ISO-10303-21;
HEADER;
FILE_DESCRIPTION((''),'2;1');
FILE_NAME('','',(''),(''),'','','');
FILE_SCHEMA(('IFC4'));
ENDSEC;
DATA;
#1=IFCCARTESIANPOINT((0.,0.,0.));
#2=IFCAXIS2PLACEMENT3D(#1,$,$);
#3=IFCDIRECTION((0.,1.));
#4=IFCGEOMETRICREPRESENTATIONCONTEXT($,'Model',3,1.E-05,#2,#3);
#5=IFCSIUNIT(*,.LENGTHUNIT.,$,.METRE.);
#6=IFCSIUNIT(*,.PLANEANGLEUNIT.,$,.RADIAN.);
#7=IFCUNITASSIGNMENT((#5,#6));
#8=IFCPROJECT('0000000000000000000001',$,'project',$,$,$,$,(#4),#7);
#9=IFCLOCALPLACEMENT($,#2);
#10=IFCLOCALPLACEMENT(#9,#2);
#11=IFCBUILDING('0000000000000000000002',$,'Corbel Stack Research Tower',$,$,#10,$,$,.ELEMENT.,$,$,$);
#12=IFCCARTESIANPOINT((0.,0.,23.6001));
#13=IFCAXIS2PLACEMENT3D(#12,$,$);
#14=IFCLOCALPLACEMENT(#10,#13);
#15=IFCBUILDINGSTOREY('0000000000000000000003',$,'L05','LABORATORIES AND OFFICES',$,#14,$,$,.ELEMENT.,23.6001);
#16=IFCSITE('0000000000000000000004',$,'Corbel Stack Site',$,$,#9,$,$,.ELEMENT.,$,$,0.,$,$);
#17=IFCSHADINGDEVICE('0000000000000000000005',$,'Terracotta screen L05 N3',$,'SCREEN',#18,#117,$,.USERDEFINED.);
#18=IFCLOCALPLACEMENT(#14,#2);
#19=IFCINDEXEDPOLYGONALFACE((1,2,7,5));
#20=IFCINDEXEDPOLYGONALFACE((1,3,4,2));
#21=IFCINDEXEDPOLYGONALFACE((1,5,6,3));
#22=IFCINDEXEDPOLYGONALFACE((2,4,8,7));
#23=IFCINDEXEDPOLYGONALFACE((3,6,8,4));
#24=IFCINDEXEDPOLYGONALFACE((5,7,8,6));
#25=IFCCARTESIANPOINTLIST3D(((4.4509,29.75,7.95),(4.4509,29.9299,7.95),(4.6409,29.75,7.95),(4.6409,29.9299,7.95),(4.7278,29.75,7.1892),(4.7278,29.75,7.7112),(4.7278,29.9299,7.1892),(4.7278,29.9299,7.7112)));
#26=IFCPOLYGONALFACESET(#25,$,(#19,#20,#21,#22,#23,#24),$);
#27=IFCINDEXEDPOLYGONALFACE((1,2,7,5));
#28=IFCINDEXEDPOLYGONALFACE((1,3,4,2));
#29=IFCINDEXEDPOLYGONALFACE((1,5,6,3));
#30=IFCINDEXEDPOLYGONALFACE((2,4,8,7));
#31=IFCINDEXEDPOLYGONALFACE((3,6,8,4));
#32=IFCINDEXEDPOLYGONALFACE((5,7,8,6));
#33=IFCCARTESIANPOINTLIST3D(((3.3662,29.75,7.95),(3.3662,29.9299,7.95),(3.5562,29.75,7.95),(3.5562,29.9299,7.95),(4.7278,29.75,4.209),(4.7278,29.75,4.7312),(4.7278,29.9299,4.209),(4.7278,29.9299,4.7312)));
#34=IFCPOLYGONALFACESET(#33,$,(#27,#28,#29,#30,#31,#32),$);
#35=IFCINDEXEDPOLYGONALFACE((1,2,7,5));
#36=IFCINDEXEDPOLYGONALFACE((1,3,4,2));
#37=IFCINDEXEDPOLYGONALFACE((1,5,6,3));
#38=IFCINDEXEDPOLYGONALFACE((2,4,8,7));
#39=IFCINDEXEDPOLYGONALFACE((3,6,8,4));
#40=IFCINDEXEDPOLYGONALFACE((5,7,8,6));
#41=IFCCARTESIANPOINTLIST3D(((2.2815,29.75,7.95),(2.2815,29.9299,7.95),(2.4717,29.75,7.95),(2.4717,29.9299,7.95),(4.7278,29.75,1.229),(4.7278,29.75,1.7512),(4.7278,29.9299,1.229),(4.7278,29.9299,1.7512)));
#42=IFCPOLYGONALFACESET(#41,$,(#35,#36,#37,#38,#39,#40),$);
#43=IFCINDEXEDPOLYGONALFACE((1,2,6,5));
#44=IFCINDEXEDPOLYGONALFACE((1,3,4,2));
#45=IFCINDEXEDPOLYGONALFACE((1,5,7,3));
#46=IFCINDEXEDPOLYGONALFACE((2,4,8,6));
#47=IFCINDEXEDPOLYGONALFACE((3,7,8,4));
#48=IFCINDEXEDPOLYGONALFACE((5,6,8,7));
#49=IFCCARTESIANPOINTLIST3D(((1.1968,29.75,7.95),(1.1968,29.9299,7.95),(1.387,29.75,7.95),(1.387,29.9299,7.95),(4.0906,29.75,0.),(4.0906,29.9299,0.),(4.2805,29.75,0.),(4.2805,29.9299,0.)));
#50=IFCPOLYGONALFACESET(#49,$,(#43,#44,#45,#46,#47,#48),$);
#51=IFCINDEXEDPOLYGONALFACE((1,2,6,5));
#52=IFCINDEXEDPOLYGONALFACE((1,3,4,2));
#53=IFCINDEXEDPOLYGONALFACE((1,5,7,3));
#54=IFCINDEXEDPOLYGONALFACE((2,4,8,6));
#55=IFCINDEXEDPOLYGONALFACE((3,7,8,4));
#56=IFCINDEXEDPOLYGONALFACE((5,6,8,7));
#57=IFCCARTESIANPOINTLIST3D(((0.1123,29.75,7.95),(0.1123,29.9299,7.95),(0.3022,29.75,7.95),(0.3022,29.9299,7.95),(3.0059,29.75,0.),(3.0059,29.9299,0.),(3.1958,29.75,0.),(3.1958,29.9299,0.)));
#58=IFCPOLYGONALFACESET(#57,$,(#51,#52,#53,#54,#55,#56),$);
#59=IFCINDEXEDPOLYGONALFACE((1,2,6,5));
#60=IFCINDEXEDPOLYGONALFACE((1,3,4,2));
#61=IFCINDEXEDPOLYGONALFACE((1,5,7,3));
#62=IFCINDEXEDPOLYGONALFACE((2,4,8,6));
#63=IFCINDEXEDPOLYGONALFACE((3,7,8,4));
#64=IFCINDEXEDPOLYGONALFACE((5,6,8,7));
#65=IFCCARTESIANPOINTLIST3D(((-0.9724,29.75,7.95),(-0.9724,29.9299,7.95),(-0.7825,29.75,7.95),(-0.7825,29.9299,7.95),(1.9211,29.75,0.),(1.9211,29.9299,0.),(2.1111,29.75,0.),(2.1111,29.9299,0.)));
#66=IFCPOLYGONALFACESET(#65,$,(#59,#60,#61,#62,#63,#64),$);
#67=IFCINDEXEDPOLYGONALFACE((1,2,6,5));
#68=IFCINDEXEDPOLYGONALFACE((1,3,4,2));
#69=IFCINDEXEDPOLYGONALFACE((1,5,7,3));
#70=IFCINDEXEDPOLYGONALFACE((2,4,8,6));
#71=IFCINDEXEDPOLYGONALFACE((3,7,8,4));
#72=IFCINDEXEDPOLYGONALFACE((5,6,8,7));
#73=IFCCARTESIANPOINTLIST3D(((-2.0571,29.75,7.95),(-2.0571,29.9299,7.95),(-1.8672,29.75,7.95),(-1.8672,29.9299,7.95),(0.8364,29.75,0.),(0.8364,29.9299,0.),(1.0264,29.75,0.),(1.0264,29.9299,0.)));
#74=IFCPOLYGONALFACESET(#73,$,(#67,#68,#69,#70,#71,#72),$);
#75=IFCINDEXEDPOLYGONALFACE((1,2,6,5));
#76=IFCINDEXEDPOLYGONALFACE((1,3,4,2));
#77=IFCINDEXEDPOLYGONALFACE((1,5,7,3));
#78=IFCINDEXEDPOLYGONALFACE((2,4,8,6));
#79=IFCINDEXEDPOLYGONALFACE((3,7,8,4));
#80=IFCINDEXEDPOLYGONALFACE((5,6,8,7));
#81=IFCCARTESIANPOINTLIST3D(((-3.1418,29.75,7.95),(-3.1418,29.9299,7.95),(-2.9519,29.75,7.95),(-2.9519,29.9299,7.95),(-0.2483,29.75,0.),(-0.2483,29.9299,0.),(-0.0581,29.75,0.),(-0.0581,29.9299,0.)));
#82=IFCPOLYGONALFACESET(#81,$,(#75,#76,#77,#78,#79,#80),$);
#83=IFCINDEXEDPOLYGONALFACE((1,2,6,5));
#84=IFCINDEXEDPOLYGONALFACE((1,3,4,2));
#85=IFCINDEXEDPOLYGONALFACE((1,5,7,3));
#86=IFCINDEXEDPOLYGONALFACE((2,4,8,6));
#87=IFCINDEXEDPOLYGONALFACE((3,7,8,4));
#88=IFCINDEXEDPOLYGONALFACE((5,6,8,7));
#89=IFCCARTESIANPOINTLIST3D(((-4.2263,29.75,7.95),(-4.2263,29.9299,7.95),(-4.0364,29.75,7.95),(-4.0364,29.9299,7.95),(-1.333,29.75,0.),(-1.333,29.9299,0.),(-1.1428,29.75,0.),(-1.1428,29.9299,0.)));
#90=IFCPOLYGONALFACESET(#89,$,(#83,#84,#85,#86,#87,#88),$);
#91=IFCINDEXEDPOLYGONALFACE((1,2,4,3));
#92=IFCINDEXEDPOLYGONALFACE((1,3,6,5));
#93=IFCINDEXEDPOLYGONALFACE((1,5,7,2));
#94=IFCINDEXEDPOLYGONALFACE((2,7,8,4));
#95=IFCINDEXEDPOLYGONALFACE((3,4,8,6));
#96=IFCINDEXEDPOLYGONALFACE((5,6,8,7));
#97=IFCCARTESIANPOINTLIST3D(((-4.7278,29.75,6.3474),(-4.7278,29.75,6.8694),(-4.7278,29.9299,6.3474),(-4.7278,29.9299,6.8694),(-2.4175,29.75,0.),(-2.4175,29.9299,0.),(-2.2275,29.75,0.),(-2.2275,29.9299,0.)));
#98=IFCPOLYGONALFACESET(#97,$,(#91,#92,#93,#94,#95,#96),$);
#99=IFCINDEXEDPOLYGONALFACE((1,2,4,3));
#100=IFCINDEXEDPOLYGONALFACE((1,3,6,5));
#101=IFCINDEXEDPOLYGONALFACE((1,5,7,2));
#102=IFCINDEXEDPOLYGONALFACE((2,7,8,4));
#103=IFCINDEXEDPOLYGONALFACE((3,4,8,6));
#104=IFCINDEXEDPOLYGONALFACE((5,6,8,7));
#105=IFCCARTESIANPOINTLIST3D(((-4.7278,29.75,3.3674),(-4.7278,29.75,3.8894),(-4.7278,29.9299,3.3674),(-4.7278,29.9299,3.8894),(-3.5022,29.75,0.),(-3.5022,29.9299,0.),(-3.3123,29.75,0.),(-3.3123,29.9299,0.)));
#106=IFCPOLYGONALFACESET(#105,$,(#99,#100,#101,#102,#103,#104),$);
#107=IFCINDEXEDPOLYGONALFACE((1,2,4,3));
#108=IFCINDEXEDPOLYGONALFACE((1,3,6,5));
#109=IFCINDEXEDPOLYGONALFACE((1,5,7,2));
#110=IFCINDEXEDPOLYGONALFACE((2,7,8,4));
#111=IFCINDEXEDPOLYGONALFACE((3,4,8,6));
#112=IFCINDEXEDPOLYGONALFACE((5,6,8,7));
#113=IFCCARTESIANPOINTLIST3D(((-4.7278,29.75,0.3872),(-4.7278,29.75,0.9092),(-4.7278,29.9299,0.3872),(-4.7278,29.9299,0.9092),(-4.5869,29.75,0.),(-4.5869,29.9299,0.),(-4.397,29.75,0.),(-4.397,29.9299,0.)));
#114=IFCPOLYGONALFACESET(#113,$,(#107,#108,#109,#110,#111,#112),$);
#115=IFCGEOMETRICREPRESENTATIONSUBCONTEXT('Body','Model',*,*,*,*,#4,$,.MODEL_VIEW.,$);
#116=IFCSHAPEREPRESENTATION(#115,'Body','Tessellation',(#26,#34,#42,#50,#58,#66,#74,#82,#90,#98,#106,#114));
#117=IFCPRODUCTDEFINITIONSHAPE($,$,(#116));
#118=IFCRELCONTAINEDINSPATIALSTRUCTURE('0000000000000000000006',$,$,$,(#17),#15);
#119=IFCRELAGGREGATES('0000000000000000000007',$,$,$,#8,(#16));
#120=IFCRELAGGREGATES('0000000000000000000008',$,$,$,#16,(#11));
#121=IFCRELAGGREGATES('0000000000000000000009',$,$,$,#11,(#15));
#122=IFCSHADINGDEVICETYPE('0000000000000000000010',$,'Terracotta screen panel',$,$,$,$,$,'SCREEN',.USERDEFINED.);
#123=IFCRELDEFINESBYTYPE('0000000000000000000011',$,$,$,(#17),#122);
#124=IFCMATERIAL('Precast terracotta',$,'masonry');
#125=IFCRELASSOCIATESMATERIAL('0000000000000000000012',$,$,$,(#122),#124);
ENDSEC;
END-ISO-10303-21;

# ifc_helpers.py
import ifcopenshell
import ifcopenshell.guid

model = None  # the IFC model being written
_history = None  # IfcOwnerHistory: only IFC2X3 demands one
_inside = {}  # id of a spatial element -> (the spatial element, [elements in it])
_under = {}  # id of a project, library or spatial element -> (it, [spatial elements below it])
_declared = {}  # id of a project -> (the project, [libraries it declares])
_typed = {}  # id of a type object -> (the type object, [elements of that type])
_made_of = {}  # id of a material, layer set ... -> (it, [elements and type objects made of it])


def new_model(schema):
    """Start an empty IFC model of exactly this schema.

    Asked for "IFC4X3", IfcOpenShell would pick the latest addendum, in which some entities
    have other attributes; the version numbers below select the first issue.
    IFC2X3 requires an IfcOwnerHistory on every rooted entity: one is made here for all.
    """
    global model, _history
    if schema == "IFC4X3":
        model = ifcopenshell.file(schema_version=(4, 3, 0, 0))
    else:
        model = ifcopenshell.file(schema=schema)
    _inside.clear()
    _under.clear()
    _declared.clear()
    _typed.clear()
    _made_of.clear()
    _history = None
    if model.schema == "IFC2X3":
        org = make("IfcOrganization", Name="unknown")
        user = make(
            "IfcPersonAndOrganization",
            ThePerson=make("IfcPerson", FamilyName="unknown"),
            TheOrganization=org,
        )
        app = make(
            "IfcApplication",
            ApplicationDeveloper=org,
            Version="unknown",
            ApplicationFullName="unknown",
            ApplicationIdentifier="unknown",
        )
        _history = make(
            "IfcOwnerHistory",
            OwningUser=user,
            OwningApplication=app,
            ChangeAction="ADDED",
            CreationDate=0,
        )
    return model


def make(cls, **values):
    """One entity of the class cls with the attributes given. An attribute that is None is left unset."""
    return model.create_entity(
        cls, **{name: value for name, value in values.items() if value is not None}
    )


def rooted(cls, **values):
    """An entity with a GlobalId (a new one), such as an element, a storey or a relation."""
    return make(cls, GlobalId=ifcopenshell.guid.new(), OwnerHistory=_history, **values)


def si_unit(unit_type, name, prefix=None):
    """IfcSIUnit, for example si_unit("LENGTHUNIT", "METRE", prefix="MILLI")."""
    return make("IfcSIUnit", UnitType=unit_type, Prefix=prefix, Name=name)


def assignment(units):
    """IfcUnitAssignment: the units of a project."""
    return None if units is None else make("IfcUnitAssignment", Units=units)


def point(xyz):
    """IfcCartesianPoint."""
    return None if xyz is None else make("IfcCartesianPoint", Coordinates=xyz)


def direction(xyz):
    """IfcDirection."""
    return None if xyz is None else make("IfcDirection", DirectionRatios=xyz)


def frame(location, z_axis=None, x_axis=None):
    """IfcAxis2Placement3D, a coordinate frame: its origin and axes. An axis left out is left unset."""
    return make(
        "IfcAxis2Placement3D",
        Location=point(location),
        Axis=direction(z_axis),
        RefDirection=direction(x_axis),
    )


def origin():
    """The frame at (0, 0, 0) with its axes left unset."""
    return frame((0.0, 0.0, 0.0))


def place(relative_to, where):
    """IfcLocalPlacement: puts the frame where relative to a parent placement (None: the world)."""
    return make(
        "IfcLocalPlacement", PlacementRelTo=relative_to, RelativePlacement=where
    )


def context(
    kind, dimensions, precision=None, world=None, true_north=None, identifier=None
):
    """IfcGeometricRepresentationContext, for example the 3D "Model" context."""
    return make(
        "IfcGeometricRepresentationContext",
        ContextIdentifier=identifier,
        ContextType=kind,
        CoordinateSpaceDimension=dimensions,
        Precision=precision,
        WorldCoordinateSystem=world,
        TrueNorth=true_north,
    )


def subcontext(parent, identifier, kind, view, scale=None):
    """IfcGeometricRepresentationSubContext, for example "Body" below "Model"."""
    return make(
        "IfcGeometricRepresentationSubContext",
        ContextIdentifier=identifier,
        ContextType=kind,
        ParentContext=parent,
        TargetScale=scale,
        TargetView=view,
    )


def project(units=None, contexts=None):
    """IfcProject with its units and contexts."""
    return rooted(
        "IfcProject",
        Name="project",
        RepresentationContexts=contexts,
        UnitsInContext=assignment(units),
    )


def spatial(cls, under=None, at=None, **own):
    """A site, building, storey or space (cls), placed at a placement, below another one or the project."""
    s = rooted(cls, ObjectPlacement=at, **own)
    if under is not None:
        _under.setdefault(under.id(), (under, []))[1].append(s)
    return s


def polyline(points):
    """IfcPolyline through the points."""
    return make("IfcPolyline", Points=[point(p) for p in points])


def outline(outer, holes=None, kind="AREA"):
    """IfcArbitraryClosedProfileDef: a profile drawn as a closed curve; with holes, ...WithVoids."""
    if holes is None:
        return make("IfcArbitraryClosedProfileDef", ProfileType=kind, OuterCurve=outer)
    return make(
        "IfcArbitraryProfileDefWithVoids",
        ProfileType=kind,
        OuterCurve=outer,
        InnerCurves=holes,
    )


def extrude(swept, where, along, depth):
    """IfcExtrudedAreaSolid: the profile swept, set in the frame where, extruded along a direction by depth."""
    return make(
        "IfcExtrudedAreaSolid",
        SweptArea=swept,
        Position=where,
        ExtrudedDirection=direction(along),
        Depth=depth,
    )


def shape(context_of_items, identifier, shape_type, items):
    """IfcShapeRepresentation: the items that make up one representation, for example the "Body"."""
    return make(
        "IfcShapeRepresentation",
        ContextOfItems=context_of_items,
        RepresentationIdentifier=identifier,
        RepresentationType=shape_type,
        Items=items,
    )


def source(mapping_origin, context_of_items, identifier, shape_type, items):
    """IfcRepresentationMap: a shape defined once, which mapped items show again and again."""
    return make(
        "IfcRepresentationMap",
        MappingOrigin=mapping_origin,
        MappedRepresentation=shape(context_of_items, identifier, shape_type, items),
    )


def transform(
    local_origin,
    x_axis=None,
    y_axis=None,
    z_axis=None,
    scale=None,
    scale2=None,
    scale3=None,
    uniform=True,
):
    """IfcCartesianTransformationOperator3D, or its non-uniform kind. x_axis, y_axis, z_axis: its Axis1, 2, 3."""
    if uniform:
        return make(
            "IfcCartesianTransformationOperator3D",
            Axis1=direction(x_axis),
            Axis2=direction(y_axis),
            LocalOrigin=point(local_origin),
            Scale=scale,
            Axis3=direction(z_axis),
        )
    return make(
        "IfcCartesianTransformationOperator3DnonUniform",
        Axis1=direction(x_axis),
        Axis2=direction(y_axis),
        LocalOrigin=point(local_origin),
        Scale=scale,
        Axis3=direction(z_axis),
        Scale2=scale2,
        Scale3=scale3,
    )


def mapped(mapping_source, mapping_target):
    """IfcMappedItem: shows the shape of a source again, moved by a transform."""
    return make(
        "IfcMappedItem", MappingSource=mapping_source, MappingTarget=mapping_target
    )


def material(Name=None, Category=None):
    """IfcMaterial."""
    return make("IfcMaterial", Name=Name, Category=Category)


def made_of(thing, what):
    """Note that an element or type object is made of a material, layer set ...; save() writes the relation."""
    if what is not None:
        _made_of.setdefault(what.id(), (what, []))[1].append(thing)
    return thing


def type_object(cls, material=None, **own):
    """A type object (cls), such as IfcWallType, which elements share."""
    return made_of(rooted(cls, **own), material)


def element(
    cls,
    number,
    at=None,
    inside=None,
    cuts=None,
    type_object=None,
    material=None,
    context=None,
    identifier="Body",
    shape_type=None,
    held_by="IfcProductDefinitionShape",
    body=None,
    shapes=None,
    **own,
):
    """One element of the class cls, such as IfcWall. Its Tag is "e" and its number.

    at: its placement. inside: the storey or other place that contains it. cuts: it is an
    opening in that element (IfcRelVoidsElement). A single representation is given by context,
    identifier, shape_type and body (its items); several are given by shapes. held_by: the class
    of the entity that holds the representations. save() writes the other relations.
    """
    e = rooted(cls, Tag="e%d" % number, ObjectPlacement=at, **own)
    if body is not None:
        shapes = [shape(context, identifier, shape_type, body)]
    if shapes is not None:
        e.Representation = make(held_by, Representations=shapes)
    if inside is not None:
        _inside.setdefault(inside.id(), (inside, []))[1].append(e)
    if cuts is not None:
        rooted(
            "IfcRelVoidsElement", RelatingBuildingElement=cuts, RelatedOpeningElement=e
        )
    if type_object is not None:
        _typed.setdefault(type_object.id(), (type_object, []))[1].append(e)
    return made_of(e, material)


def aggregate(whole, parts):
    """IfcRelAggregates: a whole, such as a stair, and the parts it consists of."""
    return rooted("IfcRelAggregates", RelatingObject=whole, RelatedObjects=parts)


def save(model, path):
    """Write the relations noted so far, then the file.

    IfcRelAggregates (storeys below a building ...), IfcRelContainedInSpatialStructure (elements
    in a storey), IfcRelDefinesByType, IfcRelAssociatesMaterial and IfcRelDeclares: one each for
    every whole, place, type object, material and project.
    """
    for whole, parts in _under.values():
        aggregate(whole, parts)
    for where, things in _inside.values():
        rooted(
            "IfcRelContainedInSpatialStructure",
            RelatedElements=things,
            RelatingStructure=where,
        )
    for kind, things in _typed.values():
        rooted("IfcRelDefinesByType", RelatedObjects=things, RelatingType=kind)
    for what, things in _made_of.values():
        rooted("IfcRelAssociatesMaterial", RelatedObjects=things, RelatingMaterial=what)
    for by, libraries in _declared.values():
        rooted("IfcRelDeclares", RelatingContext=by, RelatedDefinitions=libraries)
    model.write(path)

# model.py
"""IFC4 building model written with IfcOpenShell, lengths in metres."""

from ifc_helpers import new_model, si_unit, direction, frame, origin, place, context, subcontext, project, spatial, polyline, outline, extrude, source, transform, mapped, material, type_object, element, save


model = new_model("IFC4")

# Units and contexts
model_context = context("Model", 3, precision=1e-05, world=origin(), true_north=direction((0.0, 1.0)))
body_context = subcontext(model_context, "Body", "Model", "MODEL_VIEW")
ifc_project = project(units=[si_unit("LENGTHUNIT", "METRE"), si_unit("PLANEANGLEUNIT", "RADIAN")], contexts=[model_context])

# Site, building, storey
site_placement = place(None, origin())
site = spatial("IfcSite", under=ifc_project, at=site_placement, Name="Corbel Stack Site", CompositionType="ELEMENT", RefElevation=0.0)
building_placement = place(site_placement, origin())
building = spatial("IfcBuilding", under=site, at=building_placement, Name="Corbel Stack Research Tower", CompositionType="ELEMENT")
storey_placement = place(building_placement, frame((0.0, 0.0, 23.6001)))
storey = spatial("IfcBuildingStorey", under=building, at=storey_placement, Name="L05", Description="LABORATORIES AND OFFICES", CompositionType="ELEMENT", Elevation=23.6001)

# Shading device
ifc_material_1 = material(Name="Precast terracotta", Category="masonry")
shading_device_type = type_object("IfcShadingDeviceType", Name="Terracotta screen panel", ElementType="SCREEN", PredefinedType="USERDEFINED", material=ifc_material_1)
shared_shape_1 = source(origin(), body_context, "Body", "SweptSolid", [
    extrude(outline(polyline([(0.2769, 7.95), (0.0869, 7.95), (0.0, 7.7112), (0.0, 7.1892), (0.2769, 7.95)])), frame((0.0, 0.0, 0.0), z_axis=(0.0, -1.0, 0.0), x_axis=(1.0, 0.0, 0.0)), (0.0, 0.0, 1.0), 0.1799),
    extrude(outline(polyline([(1.3616, 7.95), (1.1716, 7.95), (0.0, 4.7312), (0.0, 4.209), (1.3616, 7.95)])), frame((0.0, 0.0, 0.0), z_axis=(0.0, -1.0, 0.0), x_axis=(1.0, 0.0, 0.0)), (0.0, 0.0, 1.0), 0.1799),
    extrude(outline(polyline([(2.4463, 7.95), (2.2561, 7.95), (0.0, 1.7512), (0.0, 1.229), (2.4463, 7.95)])), frame((0.0, 0.0, 0.0), z_axis=(0.0, -1.0, 0.0), x_axis=(1.0, 0.0, 0.0)), (0.0, 0.0, 1.0), 0.1799),
    extrude(outline(polyline([(0.6372, 0.0), (3.531, 7.95), (3.3408, 7.95), (0.4473, 0.0), (0.6372, 0.0)])), frame((0.0, 0.0, 0.0), z_axis=(0.0, -1.0, 0.0), x_axis=(1.0, 0.0, 0.0)), (0.0, 0.0, 1.0), 0.1799),
    extrude(outline(polyline([(1.7219, 0.0), (4.6155, 7.95), (4.4255, 7.95), (1.532, 0.0), (1.7219, 0.0)])), frame((0.0, 0.0, 0.0), z_axis=(0.0, -1.0, 0.0), x_axis=(1.0, 0.0, 0.0)), (0.0, 0.0, 1.0), 0.1799),
    extrude(outline(polyline([(2.8066, 0.0), (5.7002, 7.95), (5.5103, 7.95), (2.6167, 0.0), (2.8066, 0.0)])), frame((0.0, 0.0, 0.0), z_axis=(0.0, -1.0, 0.0), x_axis=(1.0, 0.0, 0.0)), (0.0, 0.0, 1.0), 0.1799),
    extrude(outline(polyline([(3.8914, 0.0), (6.7849, 7.95), (6.595, 7.95), (3.7014, 0.0), (3.8914, 0.0)])), frame((0.0, 0.0, 0.0), z_axis=(0.0, -1.0, 0.0), x_axis=(1.0, 0.0, 0.0)), (0.0, 0.0, 1.0), 0.1799),
    extrude(outline(polyline([(4.9761, 0.0), (7.8696, 7.95), (7.6797, 7.95), (4.7859, 0.0), (4.9761, 0.0)])), frame((0.0, 0.0, 0.0), z_axis=(0.0, -1.0, 0.0), x_axis=(1.0, 0.0, 0.0)), (0.0, 0.0, 1.0), 0.1799),
    extrude(outline(polyline([(6.0608, 0.0), (8.9541, 7.95), (8.7642, 7.95), (5.8706, 0.0), (6.0608, 0.0)])), frame((0.0, 0.0, 0.0), z_axis=(0.0, -1.0, 0.0), x_axis=(1.0, 0.0, 0.0)), (0.0, 0.0, 1.0), 0.1799),
    extrude(outline(polyline([(7.1453, 0.0), (9.4556, 6.3474), (9.4556, 6.8694), (6.9553, 0.0), (7.1453, 0.0)])), frame((0.0, 0.0, 0.0), z_axis=(0.0, -1.0, 0.0), x_axis=(1.0, 0.0, 0.0)), (0.0, 0.0, 1.0), 0.1799),
    extrude(outline(polyline([(8.23, 0.0), (9.4556, 3.3674), (9.4556, 3.8894), (8.04, 0.0), (8.23, 0.0)])), frame((0.0, 0.0, 0.0), z_axis=(0.0, -1.0, 0.0), x_axis=(1.0, 0.0, 0.0)), (0.0, 0.0, 1.0), 0.1799),
    extrude(outline(polyline([(9.3147, 0.0), (9.4556, 0.3872), (9.4556, 0.9092), (9.1248, 0.0), (9.3147, 0.0)])), frame((0.0, 0.0, 0.0), z_axis=(0.0, -1.0, 0.0), x_axis=(1.0, 0.0, 0.0)), (0.0, 0.0, 1.0), 0.1799),
])
shading_device_1_placement = place(storey_placement, frame((4.7278, 29.75, 0.0), z_axis=(0.0, 0.0, 1.0), x_axis=(-1.0, 0.0, 0.0)))
element("IfcShadingDevice", 1, at=shading_device_1_placement, inside=storey, type_object=shading_device_type, Name="Terracotta screen L05 N3", ObjectType="SCREEN", PredefinedType="USERDEFINED", context=body_context, shape_type="MappedRepresentation", body=[
    mapped(shared_shape_1, transform((0.0, 0.0, 0.0))),
])

save(model, "model.ifc")
